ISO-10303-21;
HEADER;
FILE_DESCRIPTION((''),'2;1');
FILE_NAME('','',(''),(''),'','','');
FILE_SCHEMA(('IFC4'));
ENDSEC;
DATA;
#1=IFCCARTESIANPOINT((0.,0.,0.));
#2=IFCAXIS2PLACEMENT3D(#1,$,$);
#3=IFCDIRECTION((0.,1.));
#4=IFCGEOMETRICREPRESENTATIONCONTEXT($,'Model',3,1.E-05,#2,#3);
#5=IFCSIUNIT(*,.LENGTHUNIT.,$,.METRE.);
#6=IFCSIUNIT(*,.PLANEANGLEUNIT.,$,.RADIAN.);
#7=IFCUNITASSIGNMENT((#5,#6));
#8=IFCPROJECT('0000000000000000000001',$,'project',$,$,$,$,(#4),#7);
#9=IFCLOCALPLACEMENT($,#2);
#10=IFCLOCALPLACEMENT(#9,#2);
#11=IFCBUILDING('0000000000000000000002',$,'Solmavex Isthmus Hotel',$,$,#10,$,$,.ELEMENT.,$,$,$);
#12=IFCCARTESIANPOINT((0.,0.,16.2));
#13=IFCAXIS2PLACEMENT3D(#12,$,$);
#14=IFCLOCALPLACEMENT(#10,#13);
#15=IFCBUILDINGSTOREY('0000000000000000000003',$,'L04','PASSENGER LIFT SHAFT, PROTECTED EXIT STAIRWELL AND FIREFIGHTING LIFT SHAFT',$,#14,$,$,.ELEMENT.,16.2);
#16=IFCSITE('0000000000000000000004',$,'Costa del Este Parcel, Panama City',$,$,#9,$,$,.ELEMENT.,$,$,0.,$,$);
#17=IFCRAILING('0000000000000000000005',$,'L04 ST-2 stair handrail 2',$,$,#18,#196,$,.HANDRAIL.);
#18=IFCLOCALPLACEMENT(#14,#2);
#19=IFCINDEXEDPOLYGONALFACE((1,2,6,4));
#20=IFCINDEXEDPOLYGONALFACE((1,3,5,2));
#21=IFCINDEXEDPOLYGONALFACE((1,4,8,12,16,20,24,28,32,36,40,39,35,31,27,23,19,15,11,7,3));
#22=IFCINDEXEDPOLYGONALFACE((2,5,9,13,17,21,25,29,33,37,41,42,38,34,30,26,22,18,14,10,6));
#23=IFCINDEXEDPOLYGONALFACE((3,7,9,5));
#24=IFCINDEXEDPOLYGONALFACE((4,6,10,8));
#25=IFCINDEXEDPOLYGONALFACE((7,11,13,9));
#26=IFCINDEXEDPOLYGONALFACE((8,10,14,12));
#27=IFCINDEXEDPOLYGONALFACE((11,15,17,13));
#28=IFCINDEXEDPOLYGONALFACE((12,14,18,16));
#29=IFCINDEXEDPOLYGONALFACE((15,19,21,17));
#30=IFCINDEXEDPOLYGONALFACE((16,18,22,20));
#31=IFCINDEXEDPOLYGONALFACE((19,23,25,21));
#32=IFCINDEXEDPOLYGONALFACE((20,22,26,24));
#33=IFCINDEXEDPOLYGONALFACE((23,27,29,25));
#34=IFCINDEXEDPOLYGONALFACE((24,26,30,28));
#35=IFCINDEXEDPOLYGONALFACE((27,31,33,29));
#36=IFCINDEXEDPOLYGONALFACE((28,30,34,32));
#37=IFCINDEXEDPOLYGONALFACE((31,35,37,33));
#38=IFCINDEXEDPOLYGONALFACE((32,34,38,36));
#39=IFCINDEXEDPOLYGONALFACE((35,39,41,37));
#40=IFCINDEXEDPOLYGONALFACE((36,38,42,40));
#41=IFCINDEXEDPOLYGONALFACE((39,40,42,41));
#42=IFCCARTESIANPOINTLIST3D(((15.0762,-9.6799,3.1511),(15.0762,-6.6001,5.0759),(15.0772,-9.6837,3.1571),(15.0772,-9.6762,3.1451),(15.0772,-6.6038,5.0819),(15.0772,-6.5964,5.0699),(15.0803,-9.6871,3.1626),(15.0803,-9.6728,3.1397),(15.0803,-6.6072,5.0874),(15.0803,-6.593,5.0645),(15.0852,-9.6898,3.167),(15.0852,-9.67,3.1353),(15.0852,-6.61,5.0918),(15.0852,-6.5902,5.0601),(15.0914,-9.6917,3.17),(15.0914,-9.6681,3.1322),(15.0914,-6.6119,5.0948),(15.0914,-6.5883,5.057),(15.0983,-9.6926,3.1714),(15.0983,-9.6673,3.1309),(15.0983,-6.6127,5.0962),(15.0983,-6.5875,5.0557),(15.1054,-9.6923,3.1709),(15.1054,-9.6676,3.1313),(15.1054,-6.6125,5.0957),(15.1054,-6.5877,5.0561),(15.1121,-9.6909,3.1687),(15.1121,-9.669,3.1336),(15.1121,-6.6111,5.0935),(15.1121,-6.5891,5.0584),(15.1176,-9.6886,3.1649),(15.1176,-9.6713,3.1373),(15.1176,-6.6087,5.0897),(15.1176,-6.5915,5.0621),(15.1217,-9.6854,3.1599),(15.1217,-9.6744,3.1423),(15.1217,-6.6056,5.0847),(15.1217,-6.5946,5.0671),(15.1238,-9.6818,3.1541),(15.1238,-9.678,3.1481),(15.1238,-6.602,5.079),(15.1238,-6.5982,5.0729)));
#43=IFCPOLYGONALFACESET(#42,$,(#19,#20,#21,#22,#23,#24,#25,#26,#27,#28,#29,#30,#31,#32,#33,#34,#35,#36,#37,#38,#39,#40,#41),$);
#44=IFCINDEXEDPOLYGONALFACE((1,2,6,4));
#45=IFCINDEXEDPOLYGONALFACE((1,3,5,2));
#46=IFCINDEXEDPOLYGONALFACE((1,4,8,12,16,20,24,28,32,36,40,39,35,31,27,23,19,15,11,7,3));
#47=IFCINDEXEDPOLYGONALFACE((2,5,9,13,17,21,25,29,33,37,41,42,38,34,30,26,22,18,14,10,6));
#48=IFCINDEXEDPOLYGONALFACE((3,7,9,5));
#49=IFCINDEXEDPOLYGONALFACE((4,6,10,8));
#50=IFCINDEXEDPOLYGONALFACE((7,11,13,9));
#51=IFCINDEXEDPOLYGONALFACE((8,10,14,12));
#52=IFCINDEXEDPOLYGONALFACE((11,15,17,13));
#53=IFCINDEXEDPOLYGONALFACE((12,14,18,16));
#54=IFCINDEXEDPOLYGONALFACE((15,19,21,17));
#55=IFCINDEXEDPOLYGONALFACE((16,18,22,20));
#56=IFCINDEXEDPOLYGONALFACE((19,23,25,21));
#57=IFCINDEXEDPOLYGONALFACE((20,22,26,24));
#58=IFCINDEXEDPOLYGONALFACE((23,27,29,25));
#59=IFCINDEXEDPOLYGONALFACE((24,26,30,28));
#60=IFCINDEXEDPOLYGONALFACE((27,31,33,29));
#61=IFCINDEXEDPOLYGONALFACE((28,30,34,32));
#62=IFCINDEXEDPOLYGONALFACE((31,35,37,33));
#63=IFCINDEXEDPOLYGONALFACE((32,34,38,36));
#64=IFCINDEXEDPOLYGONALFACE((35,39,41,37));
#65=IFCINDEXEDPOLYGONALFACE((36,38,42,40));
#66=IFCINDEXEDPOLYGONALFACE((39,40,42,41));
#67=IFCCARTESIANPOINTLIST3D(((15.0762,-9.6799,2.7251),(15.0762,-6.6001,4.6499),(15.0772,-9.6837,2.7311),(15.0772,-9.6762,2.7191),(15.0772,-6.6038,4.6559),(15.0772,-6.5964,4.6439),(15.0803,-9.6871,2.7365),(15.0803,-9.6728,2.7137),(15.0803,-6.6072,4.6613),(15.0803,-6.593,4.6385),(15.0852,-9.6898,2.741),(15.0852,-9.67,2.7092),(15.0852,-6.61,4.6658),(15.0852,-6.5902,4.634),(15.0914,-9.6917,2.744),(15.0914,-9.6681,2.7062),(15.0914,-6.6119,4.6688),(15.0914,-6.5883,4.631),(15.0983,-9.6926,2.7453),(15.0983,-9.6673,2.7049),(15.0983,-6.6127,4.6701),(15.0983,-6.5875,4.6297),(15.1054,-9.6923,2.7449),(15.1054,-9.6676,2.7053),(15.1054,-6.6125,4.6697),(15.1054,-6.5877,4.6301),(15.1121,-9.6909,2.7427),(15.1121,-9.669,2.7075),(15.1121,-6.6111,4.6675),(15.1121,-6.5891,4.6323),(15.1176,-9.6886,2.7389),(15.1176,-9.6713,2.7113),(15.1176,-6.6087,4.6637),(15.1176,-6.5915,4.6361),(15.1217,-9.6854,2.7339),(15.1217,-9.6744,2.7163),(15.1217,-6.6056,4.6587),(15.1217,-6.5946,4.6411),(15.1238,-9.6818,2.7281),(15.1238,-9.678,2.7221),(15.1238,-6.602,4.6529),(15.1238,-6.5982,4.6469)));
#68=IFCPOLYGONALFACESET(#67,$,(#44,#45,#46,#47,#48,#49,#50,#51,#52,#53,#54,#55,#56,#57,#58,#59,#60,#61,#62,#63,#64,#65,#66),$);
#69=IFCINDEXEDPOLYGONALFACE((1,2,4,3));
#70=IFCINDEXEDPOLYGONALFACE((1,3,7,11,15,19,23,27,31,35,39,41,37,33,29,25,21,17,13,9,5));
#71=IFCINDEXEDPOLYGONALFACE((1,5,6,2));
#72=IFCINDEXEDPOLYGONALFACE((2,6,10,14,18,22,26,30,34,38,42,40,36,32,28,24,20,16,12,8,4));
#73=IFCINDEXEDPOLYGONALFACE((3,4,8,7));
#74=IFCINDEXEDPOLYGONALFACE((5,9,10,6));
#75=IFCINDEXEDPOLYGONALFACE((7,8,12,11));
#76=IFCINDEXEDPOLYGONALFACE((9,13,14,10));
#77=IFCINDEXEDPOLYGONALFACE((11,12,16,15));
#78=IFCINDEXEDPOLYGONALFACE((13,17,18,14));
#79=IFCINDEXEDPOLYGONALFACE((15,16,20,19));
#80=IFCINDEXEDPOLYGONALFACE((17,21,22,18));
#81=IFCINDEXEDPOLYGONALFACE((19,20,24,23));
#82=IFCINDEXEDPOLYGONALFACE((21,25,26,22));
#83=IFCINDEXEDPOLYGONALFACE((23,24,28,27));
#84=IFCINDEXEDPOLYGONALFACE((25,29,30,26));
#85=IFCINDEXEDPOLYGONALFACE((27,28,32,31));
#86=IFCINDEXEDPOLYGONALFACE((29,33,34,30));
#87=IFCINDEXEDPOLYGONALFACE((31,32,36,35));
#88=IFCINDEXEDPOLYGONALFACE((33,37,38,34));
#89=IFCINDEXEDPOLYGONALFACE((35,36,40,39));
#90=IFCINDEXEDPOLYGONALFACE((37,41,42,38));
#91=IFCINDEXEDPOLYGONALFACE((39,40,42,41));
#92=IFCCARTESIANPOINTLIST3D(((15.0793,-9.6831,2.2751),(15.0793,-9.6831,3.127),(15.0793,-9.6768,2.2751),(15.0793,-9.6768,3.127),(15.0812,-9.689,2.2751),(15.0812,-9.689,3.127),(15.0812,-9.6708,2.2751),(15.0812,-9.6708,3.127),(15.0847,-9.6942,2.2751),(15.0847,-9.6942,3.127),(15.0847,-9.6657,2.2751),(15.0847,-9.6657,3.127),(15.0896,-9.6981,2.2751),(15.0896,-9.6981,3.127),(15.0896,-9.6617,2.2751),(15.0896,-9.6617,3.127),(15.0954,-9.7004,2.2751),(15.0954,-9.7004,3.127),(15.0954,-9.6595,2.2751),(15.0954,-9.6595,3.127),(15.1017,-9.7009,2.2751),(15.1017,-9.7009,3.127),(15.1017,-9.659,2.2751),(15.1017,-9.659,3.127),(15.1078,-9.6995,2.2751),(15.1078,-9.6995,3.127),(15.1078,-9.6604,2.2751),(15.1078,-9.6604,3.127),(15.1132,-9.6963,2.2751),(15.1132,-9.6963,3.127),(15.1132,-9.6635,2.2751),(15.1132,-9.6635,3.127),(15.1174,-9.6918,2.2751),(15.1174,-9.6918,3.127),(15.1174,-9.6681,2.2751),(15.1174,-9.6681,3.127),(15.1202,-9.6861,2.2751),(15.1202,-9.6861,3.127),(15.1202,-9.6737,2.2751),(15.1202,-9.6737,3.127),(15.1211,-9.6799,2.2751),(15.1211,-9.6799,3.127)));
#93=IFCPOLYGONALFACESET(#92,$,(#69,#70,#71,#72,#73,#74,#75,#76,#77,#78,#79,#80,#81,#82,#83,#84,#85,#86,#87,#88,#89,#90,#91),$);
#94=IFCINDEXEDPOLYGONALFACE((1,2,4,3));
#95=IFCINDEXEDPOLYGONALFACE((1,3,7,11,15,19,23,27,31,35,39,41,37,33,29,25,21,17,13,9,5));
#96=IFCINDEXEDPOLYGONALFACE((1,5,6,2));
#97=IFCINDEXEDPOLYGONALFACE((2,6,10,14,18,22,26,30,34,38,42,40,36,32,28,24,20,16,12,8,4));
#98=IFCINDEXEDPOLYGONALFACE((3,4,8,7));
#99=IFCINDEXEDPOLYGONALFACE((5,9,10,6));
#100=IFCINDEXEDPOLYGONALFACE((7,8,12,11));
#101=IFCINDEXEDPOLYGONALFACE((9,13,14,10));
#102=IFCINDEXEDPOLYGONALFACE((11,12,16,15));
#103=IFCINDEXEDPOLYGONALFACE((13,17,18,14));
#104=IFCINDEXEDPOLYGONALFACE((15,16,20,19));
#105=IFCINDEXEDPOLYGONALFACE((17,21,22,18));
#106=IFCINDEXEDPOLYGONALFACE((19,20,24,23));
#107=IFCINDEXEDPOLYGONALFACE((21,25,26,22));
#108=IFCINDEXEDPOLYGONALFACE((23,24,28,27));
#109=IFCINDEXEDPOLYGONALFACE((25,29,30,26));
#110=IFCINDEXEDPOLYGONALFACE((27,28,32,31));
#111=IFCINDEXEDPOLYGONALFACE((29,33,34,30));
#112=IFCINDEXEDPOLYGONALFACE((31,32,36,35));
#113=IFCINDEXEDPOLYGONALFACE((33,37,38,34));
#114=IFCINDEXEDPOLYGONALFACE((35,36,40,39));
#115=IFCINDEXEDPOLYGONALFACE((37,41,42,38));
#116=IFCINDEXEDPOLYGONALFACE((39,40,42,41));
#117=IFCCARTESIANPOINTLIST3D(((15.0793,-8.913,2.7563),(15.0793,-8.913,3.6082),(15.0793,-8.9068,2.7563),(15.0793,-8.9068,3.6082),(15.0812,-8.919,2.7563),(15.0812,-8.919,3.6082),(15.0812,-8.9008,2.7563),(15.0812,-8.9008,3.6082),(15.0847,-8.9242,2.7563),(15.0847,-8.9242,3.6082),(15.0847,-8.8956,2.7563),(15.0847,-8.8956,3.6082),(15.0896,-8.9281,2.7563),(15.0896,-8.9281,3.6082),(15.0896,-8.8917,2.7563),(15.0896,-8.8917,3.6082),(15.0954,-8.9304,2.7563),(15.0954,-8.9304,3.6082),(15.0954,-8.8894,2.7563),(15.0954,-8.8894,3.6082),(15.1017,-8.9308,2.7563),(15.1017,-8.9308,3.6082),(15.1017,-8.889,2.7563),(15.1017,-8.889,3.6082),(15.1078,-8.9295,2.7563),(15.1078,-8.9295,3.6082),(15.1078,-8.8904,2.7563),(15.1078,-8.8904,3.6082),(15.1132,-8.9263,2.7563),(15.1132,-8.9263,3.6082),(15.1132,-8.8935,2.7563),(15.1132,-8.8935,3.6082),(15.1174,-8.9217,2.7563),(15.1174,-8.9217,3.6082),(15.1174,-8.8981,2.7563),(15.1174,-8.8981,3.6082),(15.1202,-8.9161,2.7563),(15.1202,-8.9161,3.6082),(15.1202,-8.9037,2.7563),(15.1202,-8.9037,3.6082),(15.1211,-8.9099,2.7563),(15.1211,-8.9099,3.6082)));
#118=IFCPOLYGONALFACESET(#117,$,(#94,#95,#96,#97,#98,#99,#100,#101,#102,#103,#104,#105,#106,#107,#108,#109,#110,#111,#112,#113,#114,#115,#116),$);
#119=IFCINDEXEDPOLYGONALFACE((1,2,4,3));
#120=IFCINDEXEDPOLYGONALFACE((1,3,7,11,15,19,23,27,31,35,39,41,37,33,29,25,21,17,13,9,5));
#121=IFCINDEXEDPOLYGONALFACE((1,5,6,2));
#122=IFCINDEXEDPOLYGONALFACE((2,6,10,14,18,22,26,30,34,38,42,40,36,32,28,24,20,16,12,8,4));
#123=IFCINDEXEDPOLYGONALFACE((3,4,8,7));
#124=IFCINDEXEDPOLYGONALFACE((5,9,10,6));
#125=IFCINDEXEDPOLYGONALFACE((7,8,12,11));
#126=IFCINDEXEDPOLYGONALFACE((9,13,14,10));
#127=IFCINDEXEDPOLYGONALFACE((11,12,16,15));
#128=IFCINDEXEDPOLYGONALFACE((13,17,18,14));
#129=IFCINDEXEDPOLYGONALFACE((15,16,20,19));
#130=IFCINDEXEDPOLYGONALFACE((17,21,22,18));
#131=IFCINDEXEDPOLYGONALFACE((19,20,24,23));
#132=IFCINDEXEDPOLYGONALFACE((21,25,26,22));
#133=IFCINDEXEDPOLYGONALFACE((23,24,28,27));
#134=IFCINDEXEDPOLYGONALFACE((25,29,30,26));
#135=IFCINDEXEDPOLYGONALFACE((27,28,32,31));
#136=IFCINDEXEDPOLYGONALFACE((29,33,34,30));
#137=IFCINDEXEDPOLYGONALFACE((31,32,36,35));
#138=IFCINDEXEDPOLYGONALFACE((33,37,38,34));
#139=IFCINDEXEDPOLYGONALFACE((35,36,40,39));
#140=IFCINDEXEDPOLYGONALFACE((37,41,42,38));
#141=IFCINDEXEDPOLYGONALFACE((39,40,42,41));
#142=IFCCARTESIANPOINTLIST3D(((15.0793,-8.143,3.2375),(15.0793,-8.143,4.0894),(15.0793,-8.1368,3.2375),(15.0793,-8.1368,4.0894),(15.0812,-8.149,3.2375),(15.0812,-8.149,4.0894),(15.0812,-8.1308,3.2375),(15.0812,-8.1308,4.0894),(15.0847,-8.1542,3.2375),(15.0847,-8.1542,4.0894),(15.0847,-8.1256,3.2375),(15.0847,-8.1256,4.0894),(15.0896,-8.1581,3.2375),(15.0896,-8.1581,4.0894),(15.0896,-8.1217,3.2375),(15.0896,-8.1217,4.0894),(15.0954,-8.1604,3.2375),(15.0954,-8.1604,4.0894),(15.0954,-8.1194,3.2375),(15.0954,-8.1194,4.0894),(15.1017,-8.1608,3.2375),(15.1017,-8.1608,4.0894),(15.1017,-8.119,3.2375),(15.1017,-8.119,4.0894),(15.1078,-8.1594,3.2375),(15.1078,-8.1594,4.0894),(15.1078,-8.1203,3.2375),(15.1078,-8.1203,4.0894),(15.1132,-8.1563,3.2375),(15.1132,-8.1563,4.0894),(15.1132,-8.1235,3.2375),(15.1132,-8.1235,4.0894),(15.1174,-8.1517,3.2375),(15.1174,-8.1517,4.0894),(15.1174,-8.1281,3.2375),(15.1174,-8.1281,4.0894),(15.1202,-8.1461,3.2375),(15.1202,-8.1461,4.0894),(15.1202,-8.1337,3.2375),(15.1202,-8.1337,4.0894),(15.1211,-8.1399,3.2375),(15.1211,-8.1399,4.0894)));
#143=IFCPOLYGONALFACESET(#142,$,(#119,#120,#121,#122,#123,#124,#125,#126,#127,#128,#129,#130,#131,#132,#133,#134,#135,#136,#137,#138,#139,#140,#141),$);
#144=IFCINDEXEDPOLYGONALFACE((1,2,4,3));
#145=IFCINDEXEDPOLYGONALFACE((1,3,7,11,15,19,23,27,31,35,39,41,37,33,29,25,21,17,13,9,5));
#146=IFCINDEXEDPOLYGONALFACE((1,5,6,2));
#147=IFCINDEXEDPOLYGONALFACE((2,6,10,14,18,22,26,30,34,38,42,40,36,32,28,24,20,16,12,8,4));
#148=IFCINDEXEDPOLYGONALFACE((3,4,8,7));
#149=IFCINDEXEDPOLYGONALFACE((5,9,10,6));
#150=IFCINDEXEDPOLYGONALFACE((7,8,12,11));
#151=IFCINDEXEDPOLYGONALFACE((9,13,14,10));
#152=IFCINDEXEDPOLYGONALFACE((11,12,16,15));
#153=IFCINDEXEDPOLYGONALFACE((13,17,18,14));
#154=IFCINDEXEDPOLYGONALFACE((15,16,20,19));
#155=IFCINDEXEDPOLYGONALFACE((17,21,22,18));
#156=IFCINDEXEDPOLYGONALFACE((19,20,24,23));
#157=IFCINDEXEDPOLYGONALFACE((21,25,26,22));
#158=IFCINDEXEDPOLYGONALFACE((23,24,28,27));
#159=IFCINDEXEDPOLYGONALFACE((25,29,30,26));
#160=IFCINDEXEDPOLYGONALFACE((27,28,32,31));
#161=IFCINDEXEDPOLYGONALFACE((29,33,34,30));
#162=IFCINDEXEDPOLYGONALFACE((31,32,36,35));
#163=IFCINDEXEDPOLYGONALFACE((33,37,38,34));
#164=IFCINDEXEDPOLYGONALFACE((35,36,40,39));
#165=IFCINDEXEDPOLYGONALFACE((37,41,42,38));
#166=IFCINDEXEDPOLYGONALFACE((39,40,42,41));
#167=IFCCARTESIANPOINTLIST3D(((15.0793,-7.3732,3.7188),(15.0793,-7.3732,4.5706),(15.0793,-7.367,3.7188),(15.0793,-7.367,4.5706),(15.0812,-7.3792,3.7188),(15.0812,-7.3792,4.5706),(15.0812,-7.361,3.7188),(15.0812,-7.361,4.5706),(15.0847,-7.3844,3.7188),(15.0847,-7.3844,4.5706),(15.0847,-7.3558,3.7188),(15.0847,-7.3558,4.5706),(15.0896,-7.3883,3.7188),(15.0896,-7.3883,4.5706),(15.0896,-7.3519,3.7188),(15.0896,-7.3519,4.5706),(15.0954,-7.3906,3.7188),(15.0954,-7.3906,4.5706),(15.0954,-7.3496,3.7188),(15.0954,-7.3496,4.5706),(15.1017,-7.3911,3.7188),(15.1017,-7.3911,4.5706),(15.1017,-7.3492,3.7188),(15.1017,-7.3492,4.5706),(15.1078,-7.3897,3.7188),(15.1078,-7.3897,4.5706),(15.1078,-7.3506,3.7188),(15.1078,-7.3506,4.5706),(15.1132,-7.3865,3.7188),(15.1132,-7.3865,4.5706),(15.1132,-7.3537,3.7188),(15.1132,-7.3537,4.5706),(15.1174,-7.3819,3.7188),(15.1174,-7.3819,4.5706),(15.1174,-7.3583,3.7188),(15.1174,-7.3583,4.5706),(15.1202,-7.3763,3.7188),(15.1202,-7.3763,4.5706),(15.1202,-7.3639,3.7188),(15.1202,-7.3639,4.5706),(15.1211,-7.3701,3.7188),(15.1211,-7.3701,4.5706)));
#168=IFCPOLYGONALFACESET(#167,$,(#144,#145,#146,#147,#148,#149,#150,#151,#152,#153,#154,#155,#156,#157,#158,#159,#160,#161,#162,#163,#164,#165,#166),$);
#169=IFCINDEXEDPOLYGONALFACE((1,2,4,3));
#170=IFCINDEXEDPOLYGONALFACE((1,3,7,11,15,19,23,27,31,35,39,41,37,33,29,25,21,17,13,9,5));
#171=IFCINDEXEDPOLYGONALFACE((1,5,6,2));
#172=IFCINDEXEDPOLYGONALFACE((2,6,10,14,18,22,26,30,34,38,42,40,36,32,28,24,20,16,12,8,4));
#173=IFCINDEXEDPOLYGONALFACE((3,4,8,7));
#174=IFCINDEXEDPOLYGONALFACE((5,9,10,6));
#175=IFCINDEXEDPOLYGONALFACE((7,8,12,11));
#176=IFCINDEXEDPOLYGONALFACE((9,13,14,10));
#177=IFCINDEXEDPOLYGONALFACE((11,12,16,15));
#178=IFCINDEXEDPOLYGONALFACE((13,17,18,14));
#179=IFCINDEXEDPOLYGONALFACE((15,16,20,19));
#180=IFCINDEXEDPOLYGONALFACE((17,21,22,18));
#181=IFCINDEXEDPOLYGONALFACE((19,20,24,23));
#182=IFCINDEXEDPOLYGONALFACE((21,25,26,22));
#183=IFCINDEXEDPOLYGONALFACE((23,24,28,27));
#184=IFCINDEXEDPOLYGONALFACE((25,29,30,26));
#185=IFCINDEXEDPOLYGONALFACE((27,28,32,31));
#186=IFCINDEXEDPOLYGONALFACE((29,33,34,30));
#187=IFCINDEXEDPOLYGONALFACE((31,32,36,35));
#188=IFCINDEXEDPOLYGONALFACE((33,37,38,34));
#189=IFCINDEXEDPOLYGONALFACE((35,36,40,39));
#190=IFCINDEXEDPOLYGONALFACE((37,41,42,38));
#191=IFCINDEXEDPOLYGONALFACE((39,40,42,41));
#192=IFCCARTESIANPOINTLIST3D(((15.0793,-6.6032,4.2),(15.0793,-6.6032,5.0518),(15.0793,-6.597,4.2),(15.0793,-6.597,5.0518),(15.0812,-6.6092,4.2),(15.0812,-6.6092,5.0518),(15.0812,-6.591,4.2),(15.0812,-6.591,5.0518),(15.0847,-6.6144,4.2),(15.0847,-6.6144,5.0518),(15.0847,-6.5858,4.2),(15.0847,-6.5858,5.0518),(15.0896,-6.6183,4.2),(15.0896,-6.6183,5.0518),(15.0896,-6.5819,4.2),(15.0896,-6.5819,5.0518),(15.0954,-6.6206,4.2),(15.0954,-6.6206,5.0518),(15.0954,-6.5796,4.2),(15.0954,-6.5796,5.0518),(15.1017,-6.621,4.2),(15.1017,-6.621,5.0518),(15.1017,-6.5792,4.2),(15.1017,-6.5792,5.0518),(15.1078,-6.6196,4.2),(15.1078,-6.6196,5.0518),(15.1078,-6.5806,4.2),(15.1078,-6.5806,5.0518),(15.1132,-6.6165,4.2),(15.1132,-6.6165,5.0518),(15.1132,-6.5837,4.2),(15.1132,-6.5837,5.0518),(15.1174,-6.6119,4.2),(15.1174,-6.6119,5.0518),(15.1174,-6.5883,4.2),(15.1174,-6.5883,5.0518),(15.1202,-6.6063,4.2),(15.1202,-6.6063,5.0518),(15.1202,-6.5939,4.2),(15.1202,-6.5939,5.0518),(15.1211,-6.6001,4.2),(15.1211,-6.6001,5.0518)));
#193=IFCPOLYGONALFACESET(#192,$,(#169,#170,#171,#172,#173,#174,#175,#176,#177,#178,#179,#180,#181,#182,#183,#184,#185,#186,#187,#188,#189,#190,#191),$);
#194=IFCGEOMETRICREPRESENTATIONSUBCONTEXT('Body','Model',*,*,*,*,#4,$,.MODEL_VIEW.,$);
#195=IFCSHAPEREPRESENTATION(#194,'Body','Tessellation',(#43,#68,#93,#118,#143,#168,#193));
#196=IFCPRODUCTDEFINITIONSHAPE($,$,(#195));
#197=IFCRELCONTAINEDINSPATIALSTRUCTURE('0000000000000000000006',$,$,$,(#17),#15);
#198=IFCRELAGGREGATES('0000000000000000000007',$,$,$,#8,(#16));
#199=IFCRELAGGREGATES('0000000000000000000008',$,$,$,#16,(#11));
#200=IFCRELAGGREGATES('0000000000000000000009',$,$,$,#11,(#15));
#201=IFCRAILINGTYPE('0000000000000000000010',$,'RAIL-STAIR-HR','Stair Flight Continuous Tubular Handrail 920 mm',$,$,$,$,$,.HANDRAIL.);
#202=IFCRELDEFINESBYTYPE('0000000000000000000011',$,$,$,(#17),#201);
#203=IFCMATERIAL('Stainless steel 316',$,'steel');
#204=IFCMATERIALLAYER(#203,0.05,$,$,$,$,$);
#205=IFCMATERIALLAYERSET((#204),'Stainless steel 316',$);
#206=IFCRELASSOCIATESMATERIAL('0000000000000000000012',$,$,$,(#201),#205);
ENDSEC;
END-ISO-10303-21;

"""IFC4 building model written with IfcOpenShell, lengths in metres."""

from ifc_helpers import new_model, si_unit, direction, frame, origin, origin_2d, place, context, subcontext, project, spatial, circle, extrude, material, layer, layer_set, type_object, element, save


model = new_model("IFC4")

# Units and contexts
model_context = context("Model", 3, precision=1e-05, world=origin(), true_north=direction((0.0, 1.0)))
body_context = subcontext(model_context, "Body", "Model", "MODEL_VIEW")
ifc_project = project(units=[si_unit("LENGTHUNIT", "METRE"), si_unit("PLANEANGLEUNIT", "RADIAN")], contexts=[model_context])

# Site, building, storey
site_placement = place(None, origin())
site = spatial("IfcSite", under=ifc_project, at=site_placement, Name="Costa del Este Parcel, Panama City", CompositionType="ELEMENT", RefElevation=0.0)
building_placement = place(site_placement, origin())
building = spatial("IfcBuilding", under=site, at=building_placement, Name="Solmavex Isthmus Hotel", CompositionType="ELEMENT")
storey_placement = place(building_placement, frame((0.0, 0.0, 16.2)))
storey = spatial("IfcBuildingStorey", under=building, at=storey_placement, Name="L04", Description="PASSENGER LIFT SHAFT, PROTECTED EXIT STAIRWELL AND FIREFIGHTING LIFT SHAFT", CompositionType="ELEMENT", Elevation=16.2)

# Railing
ifc_material_1 = material(Name="Stainless steel 316", Category="steel")
ifc_layer_1 = layer(ifc_material_1, 0.05)
ifc_layer_set_1 = layer_set([ifc_layer_1], Name="Stainless steel 316")
railing_type_1 = type_object("IfcRailingType", Name="RAIL-STAIR-HR", Description="Stair Flight Continuous Tubular Handrail 920 mm", PredefinedType="HANDRAIL", material=ifc_layer_set_1)
railing_1_placement = place(storey_placement, frame((15.1001, -9.6799, 2.2751)))
element("IfcRailing", 1, at=railing_1_placement, inside=storey, type_object=railing_type_1, Name="L04 ST-2 stair handrail 2", PredefinedType="HANDRAIL", context=body_context, shape_type="SweptSolid", body=[
    extrude(circle(Radius=0.0239, at=origin_2d()), frame((0.0, 0.0, 0.876), z_axis=(0.0, 0.84801, 0.529981), x_axis=(-1.0, 0.0, 0.0)), (0.0, 0.0, 1.0), 3.6318),
    extrude(circle(Radius=0.0239, at=origin_2d()), frame((0.0, 0.0, 0.45), z_axis=(0.0, 0.84801, 0.529981), x_axis=(-1.0, 0.0, 0.0)), (0.0, 0.0, 1.0), 3.6318),
    extrude(circle(Radius=0.021, at=origin_2d()), origin(), (0.0, 0.0, 1.0), 0.8518),
    extrude(circle(Radius=0.021, at=origin_2d()), frame((0.0, 0.77, 0.4812)), (0.0, 0.0, 1.0), 0.8518),
    extrude(circle(Radius=0.021, at=origin_2d()), frame((0.0, 1.54, 0.9624)), (0.0, 0.0, 1.0), 0.8518),
    extrude(circle(Radius=0.021, at=origin_2d()), frame((0.0, 2.3098, 1.4436)), (0.0, 0.0, 1.0), 0.8518),
    extrude(circle(Radius=0.021, at=origin_2d()), frame((0.0, 3.0798, 1.9248)), (0.0, 0.0, 1.0), 0.8518),
])

save(model, "model.ifc")
